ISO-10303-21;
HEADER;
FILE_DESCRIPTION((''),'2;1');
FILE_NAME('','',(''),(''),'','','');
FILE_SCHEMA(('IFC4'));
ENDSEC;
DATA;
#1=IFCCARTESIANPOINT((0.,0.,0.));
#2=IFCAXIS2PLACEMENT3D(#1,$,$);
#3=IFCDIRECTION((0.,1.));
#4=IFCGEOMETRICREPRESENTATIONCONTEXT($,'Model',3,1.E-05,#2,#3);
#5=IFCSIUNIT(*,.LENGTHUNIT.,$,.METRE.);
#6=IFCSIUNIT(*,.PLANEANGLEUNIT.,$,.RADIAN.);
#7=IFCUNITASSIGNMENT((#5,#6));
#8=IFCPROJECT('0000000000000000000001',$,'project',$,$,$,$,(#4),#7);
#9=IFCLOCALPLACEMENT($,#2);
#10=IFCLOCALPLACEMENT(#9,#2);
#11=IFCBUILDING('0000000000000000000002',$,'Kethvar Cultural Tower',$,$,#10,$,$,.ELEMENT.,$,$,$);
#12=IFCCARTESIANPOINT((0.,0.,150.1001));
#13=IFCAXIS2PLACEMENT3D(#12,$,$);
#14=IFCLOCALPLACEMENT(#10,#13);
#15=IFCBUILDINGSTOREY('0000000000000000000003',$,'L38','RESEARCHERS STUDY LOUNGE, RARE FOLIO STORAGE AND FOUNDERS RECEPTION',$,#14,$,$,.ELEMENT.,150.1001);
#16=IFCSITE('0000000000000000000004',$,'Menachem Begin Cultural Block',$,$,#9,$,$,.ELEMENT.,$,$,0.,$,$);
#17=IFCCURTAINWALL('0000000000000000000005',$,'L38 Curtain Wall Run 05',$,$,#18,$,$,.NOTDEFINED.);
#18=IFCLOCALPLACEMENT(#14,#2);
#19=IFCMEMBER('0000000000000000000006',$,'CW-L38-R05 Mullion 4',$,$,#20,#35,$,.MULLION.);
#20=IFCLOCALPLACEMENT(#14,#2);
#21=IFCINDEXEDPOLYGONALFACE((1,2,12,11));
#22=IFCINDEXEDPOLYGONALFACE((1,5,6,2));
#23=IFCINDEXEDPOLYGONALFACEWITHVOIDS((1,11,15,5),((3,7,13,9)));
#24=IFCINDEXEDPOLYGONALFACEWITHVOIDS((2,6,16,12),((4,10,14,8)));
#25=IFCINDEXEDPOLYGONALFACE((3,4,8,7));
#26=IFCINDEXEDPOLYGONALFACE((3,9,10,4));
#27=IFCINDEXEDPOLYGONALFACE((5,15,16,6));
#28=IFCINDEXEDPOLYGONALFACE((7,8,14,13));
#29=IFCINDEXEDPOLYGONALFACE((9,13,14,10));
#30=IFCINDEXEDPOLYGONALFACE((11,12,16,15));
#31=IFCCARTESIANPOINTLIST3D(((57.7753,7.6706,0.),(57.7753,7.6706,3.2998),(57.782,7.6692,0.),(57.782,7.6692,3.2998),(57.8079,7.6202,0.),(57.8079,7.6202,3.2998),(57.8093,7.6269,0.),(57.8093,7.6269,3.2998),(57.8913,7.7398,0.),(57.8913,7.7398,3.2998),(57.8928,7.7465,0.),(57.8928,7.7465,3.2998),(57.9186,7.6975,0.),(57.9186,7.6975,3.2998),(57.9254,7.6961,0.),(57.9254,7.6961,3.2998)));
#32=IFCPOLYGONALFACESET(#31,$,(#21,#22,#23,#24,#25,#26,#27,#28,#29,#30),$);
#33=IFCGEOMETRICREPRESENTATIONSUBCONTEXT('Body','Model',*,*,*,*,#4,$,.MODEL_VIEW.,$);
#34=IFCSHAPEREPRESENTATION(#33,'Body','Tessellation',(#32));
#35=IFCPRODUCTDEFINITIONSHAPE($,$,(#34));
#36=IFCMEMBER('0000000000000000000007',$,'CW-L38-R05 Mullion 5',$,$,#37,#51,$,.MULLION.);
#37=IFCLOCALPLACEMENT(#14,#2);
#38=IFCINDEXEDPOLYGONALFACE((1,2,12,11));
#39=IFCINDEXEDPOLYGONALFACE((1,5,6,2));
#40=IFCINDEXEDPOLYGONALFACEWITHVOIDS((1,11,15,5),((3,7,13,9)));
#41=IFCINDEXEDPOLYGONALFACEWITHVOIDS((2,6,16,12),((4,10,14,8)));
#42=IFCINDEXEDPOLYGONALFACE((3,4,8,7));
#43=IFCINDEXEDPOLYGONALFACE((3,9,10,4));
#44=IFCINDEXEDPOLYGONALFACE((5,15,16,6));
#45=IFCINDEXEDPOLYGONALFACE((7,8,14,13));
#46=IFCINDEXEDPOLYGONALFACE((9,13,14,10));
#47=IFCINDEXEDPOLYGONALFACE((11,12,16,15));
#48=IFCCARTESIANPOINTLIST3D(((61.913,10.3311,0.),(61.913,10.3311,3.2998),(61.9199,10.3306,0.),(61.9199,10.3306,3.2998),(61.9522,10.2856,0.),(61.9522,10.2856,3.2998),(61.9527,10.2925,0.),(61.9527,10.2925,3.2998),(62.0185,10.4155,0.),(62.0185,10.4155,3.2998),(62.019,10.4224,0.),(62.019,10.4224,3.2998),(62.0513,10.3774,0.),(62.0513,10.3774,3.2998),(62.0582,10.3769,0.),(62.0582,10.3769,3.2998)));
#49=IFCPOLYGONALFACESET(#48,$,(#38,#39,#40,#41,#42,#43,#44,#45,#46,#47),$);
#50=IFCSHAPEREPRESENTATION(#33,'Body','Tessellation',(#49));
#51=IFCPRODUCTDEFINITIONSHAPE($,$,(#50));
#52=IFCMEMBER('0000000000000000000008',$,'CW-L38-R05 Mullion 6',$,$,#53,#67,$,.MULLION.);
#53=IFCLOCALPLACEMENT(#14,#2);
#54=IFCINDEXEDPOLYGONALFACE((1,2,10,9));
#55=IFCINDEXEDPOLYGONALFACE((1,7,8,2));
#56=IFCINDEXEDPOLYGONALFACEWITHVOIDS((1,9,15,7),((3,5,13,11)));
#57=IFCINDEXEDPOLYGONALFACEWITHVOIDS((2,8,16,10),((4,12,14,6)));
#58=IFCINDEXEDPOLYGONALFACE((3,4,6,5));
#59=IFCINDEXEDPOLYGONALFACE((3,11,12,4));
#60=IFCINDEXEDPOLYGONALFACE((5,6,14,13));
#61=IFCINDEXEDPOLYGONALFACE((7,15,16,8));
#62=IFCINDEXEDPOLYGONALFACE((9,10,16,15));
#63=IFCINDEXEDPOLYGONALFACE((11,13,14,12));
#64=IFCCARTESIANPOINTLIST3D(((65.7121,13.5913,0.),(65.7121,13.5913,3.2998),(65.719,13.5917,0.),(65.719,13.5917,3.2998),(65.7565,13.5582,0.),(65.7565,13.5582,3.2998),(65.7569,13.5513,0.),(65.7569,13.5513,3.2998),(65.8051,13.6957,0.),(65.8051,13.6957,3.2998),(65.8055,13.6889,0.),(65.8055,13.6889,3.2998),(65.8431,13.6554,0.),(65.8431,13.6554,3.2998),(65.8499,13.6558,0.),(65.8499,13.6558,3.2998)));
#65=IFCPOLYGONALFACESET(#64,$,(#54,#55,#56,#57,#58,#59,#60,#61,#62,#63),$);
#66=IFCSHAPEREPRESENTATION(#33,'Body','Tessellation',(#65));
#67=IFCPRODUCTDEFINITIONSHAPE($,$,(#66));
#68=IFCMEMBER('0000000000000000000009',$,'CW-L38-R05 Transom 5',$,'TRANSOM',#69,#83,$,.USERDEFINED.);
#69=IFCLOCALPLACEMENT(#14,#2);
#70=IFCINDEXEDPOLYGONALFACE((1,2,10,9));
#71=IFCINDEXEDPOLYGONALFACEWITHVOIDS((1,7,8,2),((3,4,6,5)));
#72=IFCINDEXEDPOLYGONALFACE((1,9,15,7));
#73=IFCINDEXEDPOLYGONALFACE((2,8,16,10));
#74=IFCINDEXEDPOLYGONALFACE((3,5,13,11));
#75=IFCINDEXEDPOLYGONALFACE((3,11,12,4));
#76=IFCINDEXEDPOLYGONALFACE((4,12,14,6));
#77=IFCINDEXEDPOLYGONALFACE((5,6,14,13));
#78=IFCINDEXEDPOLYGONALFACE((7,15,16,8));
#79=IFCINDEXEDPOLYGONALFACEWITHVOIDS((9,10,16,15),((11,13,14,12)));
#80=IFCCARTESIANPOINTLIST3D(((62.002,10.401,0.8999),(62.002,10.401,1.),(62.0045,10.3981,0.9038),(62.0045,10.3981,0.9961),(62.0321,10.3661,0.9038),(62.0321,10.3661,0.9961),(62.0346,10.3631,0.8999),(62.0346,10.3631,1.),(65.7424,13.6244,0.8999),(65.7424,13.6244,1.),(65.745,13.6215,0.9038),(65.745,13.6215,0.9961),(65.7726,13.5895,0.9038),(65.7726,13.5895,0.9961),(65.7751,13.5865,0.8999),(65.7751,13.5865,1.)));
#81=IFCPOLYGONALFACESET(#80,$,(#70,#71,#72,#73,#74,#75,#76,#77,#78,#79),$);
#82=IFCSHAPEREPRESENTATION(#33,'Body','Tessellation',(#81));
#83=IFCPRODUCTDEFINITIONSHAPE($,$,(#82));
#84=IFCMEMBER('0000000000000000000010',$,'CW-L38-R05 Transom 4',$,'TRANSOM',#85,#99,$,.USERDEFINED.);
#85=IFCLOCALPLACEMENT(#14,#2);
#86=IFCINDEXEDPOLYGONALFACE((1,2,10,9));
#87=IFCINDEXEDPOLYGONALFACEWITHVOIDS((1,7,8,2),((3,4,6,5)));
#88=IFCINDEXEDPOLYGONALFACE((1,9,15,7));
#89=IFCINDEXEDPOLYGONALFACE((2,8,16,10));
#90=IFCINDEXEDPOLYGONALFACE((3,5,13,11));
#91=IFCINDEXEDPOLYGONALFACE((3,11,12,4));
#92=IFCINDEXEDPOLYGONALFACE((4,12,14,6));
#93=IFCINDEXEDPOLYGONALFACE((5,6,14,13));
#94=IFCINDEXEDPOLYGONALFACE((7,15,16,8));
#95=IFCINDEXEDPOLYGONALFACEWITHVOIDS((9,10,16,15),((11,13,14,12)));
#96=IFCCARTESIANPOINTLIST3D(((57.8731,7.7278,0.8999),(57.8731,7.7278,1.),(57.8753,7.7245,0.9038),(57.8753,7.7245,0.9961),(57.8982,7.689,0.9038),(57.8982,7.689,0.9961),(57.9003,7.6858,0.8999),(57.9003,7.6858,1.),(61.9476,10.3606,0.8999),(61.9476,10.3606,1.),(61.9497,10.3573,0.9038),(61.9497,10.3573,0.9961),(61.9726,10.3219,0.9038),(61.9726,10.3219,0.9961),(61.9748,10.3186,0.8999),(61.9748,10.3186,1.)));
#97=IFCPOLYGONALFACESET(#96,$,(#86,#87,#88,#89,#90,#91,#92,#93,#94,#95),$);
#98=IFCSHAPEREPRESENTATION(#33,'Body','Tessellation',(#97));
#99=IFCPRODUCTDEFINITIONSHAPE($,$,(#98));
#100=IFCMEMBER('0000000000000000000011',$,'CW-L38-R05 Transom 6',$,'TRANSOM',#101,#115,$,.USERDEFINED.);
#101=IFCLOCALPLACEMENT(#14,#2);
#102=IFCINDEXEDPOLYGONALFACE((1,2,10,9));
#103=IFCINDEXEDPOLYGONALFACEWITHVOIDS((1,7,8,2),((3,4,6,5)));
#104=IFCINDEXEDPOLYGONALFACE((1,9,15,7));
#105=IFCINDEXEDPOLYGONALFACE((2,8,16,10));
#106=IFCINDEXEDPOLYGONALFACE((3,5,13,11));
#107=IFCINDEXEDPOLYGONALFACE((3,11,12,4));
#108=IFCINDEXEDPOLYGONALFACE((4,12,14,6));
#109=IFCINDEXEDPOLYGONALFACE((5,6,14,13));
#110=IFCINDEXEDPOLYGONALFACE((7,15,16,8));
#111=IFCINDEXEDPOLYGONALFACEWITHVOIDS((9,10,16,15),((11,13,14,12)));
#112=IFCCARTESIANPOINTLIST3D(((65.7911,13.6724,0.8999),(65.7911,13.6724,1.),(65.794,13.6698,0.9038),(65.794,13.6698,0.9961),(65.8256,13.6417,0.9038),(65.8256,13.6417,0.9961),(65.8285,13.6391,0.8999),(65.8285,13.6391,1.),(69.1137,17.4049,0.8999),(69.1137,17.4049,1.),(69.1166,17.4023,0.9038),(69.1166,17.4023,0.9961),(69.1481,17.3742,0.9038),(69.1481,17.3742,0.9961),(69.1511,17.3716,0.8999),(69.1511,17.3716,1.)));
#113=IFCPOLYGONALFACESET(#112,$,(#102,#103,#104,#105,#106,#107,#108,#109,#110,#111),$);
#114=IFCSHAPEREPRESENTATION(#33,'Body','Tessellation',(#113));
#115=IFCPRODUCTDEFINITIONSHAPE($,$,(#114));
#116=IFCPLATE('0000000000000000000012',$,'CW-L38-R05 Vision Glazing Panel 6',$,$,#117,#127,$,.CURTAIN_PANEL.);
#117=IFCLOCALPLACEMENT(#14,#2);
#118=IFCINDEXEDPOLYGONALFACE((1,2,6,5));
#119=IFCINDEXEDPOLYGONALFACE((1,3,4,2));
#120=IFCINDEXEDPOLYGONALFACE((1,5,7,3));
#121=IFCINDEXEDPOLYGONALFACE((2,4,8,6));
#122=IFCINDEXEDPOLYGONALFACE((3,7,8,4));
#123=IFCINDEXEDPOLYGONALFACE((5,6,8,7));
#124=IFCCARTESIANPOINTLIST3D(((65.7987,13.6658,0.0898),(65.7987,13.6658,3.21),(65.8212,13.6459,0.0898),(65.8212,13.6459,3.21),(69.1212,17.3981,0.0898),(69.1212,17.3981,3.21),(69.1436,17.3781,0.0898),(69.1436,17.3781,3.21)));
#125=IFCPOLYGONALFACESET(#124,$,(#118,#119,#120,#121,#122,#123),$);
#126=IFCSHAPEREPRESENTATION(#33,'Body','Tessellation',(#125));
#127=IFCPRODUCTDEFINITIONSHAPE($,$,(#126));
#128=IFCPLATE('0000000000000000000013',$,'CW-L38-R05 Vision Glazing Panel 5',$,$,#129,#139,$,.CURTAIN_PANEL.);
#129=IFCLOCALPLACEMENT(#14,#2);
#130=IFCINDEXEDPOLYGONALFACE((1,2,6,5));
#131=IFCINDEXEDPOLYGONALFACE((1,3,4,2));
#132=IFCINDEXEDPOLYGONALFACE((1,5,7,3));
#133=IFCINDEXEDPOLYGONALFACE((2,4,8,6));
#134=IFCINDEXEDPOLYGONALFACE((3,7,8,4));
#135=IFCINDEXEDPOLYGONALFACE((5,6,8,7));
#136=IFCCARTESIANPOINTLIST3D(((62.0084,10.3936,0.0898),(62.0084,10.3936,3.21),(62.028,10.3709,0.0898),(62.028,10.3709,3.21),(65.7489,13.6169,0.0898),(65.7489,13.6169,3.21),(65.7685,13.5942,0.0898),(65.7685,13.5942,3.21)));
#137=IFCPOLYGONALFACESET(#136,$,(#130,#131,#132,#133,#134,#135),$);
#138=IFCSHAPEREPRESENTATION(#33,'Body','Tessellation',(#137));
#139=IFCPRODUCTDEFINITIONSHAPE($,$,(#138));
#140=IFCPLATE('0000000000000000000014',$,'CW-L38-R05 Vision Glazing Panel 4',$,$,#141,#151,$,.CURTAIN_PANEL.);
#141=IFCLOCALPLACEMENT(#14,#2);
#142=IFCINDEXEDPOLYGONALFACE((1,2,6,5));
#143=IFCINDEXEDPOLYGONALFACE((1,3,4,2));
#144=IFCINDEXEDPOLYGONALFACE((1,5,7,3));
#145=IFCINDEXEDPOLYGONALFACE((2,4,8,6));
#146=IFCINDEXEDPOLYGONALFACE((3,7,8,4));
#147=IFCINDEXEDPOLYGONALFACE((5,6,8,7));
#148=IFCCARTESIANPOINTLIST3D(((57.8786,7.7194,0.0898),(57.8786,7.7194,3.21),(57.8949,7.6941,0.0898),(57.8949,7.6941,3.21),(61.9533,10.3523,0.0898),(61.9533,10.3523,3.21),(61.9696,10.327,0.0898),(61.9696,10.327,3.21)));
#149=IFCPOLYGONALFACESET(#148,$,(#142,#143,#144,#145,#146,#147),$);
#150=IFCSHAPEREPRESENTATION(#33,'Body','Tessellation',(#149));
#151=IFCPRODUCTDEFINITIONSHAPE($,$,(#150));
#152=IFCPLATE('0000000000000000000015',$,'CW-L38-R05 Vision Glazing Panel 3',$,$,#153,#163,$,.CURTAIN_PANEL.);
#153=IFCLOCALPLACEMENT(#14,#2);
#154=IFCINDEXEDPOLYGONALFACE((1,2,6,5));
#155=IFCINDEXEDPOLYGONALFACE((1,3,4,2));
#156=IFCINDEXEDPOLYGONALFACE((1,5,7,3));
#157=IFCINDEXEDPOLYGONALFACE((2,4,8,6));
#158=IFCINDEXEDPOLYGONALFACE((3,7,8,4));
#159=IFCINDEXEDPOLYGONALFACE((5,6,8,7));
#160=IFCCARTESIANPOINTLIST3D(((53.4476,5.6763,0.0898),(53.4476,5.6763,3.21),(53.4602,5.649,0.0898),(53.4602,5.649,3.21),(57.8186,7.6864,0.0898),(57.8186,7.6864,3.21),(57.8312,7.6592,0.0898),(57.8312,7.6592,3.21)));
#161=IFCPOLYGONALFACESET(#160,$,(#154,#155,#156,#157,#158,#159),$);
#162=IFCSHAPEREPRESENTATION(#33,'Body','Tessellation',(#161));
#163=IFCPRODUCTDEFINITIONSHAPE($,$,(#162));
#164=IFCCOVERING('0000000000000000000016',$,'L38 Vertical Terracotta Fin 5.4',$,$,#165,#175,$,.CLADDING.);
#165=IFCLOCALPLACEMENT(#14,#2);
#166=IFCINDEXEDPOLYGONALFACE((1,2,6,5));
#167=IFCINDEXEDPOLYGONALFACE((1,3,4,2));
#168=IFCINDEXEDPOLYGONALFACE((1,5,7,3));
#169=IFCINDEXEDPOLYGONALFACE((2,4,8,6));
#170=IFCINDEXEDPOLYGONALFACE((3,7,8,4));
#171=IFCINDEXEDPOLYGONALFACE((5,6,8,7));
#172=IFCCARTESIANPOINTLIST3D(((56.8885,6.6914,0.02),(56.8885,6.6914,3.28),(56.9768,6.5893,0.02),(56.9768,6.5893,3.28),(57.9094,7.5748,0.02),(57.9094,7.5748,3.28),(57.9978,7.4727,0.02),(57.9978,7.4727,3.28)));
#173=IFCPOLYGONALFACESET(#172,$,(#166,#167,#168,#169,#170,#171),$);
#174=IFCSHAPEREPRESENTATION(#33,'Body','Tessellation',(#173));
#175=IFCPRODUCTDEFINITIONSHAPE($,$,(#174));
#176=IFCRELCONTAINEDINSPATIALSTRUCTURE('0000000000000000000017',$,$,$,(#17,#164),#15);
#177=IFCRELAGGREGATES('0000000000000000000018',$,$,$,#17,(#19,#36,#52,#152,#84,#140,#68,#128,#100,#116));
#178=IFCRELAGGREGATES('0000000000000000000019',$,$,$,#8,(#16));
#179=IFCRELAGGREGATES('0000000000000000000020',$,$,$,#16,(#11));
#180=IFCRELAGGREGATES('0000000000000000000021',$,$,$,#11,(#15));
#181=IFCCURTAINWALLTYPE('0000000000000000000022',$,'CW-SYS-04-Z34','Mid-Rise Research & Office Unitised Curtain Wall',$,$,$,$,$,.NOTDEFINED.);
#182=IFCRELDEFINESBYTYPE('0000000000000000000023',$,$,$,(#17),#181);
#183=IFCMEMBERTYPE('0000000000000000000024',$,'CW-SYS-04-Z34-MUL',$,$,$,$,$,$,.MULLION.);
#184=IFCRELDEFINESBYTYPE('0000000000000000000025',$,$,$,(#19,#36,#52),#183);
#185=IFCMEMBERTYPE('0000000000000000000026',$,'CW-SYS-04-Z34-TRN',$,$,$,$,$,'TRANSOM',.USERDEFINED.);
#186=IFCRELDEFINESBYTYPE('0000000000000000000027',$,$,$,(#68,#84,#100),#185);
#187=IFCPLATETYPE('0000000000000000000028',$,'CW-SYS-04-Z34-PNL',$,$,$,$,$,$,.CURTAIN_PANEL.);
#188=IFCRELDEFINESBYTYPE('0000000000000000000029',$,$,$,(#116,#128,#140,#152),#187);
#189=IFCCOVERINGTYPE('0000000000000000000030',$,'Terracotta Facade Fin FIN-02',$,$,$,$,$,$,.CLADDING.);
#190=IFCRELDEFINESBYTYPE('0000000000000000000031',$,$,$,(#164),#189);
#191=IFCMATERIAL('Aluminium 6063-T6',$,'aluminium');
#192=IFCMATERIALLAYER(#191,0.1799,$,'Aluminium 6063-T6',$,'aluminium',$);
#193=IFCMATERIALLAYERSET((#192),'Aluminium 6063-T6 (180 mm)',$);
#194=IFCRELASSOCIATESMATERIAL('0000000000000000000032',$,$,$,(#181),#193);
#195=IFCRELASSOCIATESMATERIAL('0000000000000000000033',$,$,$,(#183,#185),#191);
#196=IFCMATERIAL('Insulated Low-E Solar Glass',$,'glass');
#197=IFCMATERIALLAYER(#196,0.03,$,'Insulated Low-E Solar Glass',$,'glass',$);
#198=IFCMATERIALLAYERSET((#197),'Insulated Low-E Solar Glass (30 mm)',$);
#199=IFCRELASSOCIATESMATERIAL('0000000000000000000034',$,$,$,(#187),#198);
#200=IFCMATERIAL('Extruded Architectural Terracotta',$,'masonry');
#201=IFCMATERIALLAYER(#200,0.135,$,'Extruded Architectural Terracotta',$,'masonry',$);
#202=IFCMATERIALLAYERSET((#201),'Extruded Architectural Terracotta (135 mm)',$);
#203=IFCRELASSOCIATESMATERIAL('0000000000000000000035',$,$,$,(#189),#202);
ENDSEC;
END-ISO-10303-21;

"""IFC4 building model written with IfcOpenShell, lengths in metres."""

from ifc_helpers import new_model, si_unit, direction, frame, origin, origin_2d, place, context, subcontext, project, spatial, rectangle, hollow_rectangle, extrude, source, transform, mapped, material, layer, layer_set, material_profile, profile_set, type_object, element, aggregate, save


model = new_model("IFC4")

# Units and contexts
model_context = context("Model", 3, precision=1e-05, world=origin(), true_north=direction((0.0, 1.0)))
body_context = subcontext(model_context, "Body", "Model", "MODEL_VIEW")
ifc_project = project(units=[si_unit("LENGTHUNIT", "METRE"), si_unit("PLANEANGLEUNIT", "RADIAN")], contexts=[model_context])

# Site, building, storey
site_placement = place(None, origin())
site = spatial("IfcSite", under=ifc_project, at=site_placement, Name="Menachem Begin Cultural Block", CompositionType="ELEMENT", RefElevation=0.0)
building_placement = place(site_placement, origin())
building = spatial("IfcBuilding", under=site, at=building_placement, Name="Kethvar Cultural Tower", CompositionType="ELEMENT")
storey_placement = place(building_placement, frame((0.0, 0.0, 150.1001)))
storey = spatial("IfcBuildingStorey", under=building, at=storey_placement, Name="L38", Description="RESEARCHERS STUDY LOUNGE, RARE FOLIO STORAGE AND FOUNDERS RECEPTION", CompositionType="ELEMENT", Elevation=150.1001)

# Curtain wall, members, plates
ifc_material_1 = material(Name="Aluminium 6063-T6", Category="aluminium")
ifc_layer_1 = layer(ifc_material_1, 0.1799, Name="Aluminium 6063-T6", Category="aluminium")
ifc_layer_set_1 = layer_set([ifc_layer_1], Name="Aluminium 6063-T6 (180 mm)")
curtain_wall_type = type_object("IfcCurtainWallType", Name="CW-SYS-04-Z34", Description="Mid-Rise Research & Office Unitised Curtain Wall", PredefinedType="NOTDEFINED", material=ifc_layer_set_1)
curtain_wall_placement = place(storey_placement, origin())
curtain_wall = element("IfcCurtainWall", 1, at=curtain_wall_placement, inside=storey, type_object=curtain_wall_type, Name="L38 Curtain Wall Run 05", PredefinedType="NOTDEFINED")
ifc_material_profile_1 = material_profile(ifc_material_1, hollow_rectangle(XDim=0.0601, YDim=0.1399, WallThickness=0.0049, at=origin_2d()), Name="Aluminium 6063-T6 — RHS140x60x5")
ifc_profile_set_1 = profile_set([ifc_material_profile_1], Name="Aluminium 6063-T6 — RHS140x60x5")
member_type_1 = type_object("IfcMemberType", Name="CW-SYS-04-Z34-MUL", PredefinedType="MULLION", material=ifc_profile_set_1)
shared_shape_1 = source(origin(), body_context, "Body", "SweptSolid", [
    extrude(hollow_rectangle(XDim=0.0601, YDim=0.1399, WallThickness=0.0049, at=origin_2d()), origin(), (0.0, 0.0, 1.0), 3.2998),
])
member_1_placement = place(storey_placement, frame((57.8503, 7.6833, 0.0), z_axis=(0.0, 0.0, 1.0), x_axis=(-0.54272, 0.839914, 0.0)))
member_1 = element("IfcMember", 2, at=member_1_placement, type_object=member_type_1, Name="CW-L38-R05 Mullion 4", PredefinedType="MULLION", context=body_context, shape_type="MappedRepresentation", body=[
    mapped(shared_shape_1, transform((0.0, 0.0, 0.0), scale=1.0)),
])
member_2_placement = place(storey_placement, frame((61.9856, 10.354, 0.0), z_axis=(0.0, 0.0, 1.0), x_axis=(-0.652786, 0.757542, 0.0)))
member_2 = element("IfcMember", 3, at=member_2_placement, type_object=member_type_1, Name="CW-L38-R05 Mullion 5", PredefinedType="MULLION", context=body_context, shape_type="MappedRepresentation", body=[
    mapped(shared_shape_1, transform((0.0, 0.0, 0.0), scale=1.0)),
])
member_3_placement = place(storey_placement, frame((65.781, 13.6235, 0.0), z_axis=(0.0, 0.0, 1.0), x_axis=(-0.746917, 0.664918, 0.0)))
member_3 = element("IfcMember", 4, at=member_3_placement, type_object=member_type_1, Name="CW-L38-R05 Mullion 6", PredefinedType="MULLION", context=body_context, shape_type="MappedRepresentation", body=[
    mapped(shared_shape_1, transform((0.0, 0.0, 0.0), scale=1.0)),
])
ifc_material_profile_2 = material_profile(ifc_material_1, hollow_rectangle(XDim=0.05, YDim=0.1001, WallThickness=0.0039, at=origin_2d()), Name="Aluminium 6063-T6 — RHS100x50x4")
ifc_profile_set_2 = profile_set([ifc_material_profile_2], Name="Aluminium 6063-T6 — RHS100x50x4")
member_type_2 = type_object("IfcMemberType", Name="CW-SYS-04-Z34-TRN", ElementType="TRANSOM", PredefinedType="USERDEFINED", material=ifc_profile_set_2)
shared_shape_2 = source(origin(), body_context, "Body", "SweptSolid", [
    extrude(hollow_rectangle(XDim=0.05, YDim=0.1001, WallThickness=0.0039, at=origin_2d()), origin(), (0.0, 0.0, 1.0), 4.9377),
])
member_4_placement = place(storey_placement, frame((62.0183, 10.3821, 0.95), z_axis=(0.757526, 0.652805, 0.0), x_axis=(-0.652805, 0.757526, 0.0)))
member_4 = element("IfcMember", 5, at=member_4_placement, type_object=member_type_2, Name="CW-L38-R05 Transom 5", ObjectType="TRANSOM", PredefinedType="USERDEFINED", context=body_context, shape_type="MappedRepresentation", body=[
    mapped(shared_shape_2, transform((0.0, 0.0, 0.0), scale=1.0)),
])
shared_shape_3 = source(origin(), body_context, "Body", "SweptSolid", [
    extrude(hollow_rectangle(XDim=0.05, YDim=0.1001, WallThickness=0.0039, at=origin_2d()), origin(), (0.0, 0.0, 1.0), 4.8511),
])
member_5_placement = place(storey_placement, frame((57.8867, 7.7068, 0.95), z_axis=(0.839909, 0.542727, 0.0), x_axis=(-0.542727, 0.839909, 0.0)))
member_5 = element("IfcMember", 6, at=member_5_placement, type_object=member_type_2, Name="CW-L38-R05 Transom 4", ObjectType="TRANSOM", PredefinedType="USERDEFINED", context=body_context, shape_type="MappedRepresentation", body=[
    mapped(shared_shape_3, transform((0.0, 0.0, 0.0), scale=1.0)),
])
shared_shape_4 = source(origin(), body_context, "Body", "SweptSolid", [
    extrude(hollow_rectangle(XDim=0.05, YDim=0.1001, WallThickness=0.0039, at=origin_2d()), origin(), (0.0, 0.0, 1.0), 4.9971),
])
member_6_placement = place(storey_placement, frame((65.8098, 13.6558, 0.95), z_axis=(0.6649, 0.746932, 0.0), x_axis=(-0.746932, 0.6649, 0.0)))
member_6 = element("IfcMember", 7, at=member_6_placement, type_object=member_type_2, Name="CW-L38-R05 Transom 6", ObjectType="TRANSOM", PredefinedType="USERDEFINED", context=body_context, shape_type="MappedRepresentation", body=[
    mapped(shared_shape_4, transform((0.0, 0.0, 0.0), scale=1.0)),
])
ifc_material_2 = material(Name="Insulated Low-E Solar Glass", Category="glass")
ifc_layer_2 = layer(ifc_material_2, 0.03, Name="Insulated Low-E Solar Glass", Category="glass")
ifc_layer_set_2 = layer_set([ifc_layer_2], Name="Insulated Low-E Solar Glass (30 mm)")
plate_type = type_object("IfcPlateType", Name="CW-SYS-04-Z34-PNL", PredefinedType="CURTAIN_PANEL", material=ifc_layer_set_2)
shared_shape_5 = source(origin(), body_context, "Body", "SweptSolid", [
    extrude(rectangle(XDim=4.9968, YDim=0.03, at=origin_2d()), origin(), (0.0, 0.0, 1.0), 3.1201),
])
plate_1_placement = place(storey_placement, frame((67.4712, 15.522, 0.0898), z_axis=(0.0, 0.0, 1.0), x_axis=(0.664918, 0.746917, 0.0)))
plate_1 = element("IfcPlate", 8, at=plate_1_placement, type_object=plate_type, Name="CW-L38-R05 Vision Glazing Panel 6", PredefinedType="CURTAIN_PANEL", context=body_context, shape_type="MappedRepresentation", body=[
    mapped(shared_shape_5, transform((0.0, 0.0, 0.0), scale=1.0)),
])
shared_shape_6 = source(origin(), body_context, "Body", "SweptSolid", [
    extrude(rectangle(XDim=4.9377, YDim=0.03, at=origin_2d()), origin(), (0.0, 0.0, 1.0), 3.1201),
])
plate_2_placement = place(storey_placement, frame((63.8884, 11.9939, 0.0898), z_axis=(0.0, 0.0, 1.0), x_axis=(0.757542, 0.652786, 0.0)))
plate_2 = element("IfcPlate", 9, at=plate_2_placement, type_object=plate_type, Name="CW-L38-R05 Vision Glazing Panel 5", PredefinedType="CURTAIN_PANEL", context=body_context, shape_type="MappedRepresentation", body=[
    mapped(shared_shape_6, transform((0.0, 0.0, 0.0), scale=1.0)),
])
shared_shape_7 = source(origin(), body_context, "Body", "SweptSolid", [
    extrude(rectangle(XDim=4.8513, YDim=0.03, at=origin_2d()), origin(), (0.0, 0.0, 1.0), 3.1201),
])
plate_3_placement = place(storey_placement, frame((59.9241, 9.0232, 0.0898), z_axis=(0.0, 0.0, 1.0), x_axis=(0.839914, 0.54272, 0.0)))
plate_3 = element("IfcPlate", 10, at=plate_3_placement, type_object=plate_type, Name="CW-L38-R05 Vision Glazing Panel 4", PredefinedType="CURTAIN_PANEL", context=body_context, shape_type="MappedRepresentation", body=[
    mapped(shared_shape_7, transform((0.0, 0.0, 0.0), scale=1.0)),
])
shared_shape_8 = source(origin(), body_context, "Body", "SweptSolid", [
    extrude(rectangle(XDim=4.811, YDim=0.03, at=origin_2d()), origin(), (0.0, 0.0, 1.0), 3.1201),
])
plate_4_placement = place(storey_placement, frame((55.6394, 6.6677, 0.0898), z_axis=(0.0, 0.0, 1.0), x_axis=(0.90853, 0.41782, 0.0)))
plate_4 = element("IfcPlate", 11, at=plate_4_placement, type_object=plate_type, Name="CW-L38-R05 Vision Glazing Panel 3", PredefinedType="CURTAIN_PANEL", context=body_context, shape_type="MappedRepresentation", body=[
    mapped(shared_shape_8, transform((0.0, 0.0, 0.0), scale=1.0)),
])
aggregate(curtain_wall, [member_1, member_2, member_3, plate_4, member_5, plate_3, member_4, plate_2, member_6, plate_1])

# Covering
ifc_material_3 = material(Name="Extruded Architectural Terracotta", Category="masonry")
ifc_layer_3 = layer(ifc_material_3, 0.135, Name="Extruded Architectural Terracotta", Category="masonry")
ifc_layer_set_3 = layer_set([ifc_layer_3], Name="Extruded Architectural Terracotta (135 mm)")
covering_type = type_object("IfcCoveringType", Name="Terracotta Facade Fin FIN-02", PredefinedType="CLADDING", material=ifc_layer_set_3)
shared_shape_9 = source(origin(), body_context, "Body", "SweptSolid", [
    extrude(rectangle(XDim=1.3501, YDim=0.135, at=origin_2d()), origin(), (0.0, 0.0, 1.0), 3.26),
])
for number, where, z_axis, x_axis, name in (
    (12, (57.4431, 7.082, 0.02), (0.0, 0.0, 1.0), (-0.756196, -0.654345, 0.0), "L38 Vertical Terracotta Fin 5.4"),
):
    element("IfcCovering", number, at=place(storey_placement, frame(where, z_axis=z_axis, x_axis=x_axis)), inside=storey, type_object=covering_type, Name=name, PredefinedType="CLADDING", context=body_context, shape_type="MappedRepresentation", body=[
        mapped(shared_shape_9, transform((0.0, 0.0, 0.0), scale=1.0)),
    ])

save(model, "model.ifc")
